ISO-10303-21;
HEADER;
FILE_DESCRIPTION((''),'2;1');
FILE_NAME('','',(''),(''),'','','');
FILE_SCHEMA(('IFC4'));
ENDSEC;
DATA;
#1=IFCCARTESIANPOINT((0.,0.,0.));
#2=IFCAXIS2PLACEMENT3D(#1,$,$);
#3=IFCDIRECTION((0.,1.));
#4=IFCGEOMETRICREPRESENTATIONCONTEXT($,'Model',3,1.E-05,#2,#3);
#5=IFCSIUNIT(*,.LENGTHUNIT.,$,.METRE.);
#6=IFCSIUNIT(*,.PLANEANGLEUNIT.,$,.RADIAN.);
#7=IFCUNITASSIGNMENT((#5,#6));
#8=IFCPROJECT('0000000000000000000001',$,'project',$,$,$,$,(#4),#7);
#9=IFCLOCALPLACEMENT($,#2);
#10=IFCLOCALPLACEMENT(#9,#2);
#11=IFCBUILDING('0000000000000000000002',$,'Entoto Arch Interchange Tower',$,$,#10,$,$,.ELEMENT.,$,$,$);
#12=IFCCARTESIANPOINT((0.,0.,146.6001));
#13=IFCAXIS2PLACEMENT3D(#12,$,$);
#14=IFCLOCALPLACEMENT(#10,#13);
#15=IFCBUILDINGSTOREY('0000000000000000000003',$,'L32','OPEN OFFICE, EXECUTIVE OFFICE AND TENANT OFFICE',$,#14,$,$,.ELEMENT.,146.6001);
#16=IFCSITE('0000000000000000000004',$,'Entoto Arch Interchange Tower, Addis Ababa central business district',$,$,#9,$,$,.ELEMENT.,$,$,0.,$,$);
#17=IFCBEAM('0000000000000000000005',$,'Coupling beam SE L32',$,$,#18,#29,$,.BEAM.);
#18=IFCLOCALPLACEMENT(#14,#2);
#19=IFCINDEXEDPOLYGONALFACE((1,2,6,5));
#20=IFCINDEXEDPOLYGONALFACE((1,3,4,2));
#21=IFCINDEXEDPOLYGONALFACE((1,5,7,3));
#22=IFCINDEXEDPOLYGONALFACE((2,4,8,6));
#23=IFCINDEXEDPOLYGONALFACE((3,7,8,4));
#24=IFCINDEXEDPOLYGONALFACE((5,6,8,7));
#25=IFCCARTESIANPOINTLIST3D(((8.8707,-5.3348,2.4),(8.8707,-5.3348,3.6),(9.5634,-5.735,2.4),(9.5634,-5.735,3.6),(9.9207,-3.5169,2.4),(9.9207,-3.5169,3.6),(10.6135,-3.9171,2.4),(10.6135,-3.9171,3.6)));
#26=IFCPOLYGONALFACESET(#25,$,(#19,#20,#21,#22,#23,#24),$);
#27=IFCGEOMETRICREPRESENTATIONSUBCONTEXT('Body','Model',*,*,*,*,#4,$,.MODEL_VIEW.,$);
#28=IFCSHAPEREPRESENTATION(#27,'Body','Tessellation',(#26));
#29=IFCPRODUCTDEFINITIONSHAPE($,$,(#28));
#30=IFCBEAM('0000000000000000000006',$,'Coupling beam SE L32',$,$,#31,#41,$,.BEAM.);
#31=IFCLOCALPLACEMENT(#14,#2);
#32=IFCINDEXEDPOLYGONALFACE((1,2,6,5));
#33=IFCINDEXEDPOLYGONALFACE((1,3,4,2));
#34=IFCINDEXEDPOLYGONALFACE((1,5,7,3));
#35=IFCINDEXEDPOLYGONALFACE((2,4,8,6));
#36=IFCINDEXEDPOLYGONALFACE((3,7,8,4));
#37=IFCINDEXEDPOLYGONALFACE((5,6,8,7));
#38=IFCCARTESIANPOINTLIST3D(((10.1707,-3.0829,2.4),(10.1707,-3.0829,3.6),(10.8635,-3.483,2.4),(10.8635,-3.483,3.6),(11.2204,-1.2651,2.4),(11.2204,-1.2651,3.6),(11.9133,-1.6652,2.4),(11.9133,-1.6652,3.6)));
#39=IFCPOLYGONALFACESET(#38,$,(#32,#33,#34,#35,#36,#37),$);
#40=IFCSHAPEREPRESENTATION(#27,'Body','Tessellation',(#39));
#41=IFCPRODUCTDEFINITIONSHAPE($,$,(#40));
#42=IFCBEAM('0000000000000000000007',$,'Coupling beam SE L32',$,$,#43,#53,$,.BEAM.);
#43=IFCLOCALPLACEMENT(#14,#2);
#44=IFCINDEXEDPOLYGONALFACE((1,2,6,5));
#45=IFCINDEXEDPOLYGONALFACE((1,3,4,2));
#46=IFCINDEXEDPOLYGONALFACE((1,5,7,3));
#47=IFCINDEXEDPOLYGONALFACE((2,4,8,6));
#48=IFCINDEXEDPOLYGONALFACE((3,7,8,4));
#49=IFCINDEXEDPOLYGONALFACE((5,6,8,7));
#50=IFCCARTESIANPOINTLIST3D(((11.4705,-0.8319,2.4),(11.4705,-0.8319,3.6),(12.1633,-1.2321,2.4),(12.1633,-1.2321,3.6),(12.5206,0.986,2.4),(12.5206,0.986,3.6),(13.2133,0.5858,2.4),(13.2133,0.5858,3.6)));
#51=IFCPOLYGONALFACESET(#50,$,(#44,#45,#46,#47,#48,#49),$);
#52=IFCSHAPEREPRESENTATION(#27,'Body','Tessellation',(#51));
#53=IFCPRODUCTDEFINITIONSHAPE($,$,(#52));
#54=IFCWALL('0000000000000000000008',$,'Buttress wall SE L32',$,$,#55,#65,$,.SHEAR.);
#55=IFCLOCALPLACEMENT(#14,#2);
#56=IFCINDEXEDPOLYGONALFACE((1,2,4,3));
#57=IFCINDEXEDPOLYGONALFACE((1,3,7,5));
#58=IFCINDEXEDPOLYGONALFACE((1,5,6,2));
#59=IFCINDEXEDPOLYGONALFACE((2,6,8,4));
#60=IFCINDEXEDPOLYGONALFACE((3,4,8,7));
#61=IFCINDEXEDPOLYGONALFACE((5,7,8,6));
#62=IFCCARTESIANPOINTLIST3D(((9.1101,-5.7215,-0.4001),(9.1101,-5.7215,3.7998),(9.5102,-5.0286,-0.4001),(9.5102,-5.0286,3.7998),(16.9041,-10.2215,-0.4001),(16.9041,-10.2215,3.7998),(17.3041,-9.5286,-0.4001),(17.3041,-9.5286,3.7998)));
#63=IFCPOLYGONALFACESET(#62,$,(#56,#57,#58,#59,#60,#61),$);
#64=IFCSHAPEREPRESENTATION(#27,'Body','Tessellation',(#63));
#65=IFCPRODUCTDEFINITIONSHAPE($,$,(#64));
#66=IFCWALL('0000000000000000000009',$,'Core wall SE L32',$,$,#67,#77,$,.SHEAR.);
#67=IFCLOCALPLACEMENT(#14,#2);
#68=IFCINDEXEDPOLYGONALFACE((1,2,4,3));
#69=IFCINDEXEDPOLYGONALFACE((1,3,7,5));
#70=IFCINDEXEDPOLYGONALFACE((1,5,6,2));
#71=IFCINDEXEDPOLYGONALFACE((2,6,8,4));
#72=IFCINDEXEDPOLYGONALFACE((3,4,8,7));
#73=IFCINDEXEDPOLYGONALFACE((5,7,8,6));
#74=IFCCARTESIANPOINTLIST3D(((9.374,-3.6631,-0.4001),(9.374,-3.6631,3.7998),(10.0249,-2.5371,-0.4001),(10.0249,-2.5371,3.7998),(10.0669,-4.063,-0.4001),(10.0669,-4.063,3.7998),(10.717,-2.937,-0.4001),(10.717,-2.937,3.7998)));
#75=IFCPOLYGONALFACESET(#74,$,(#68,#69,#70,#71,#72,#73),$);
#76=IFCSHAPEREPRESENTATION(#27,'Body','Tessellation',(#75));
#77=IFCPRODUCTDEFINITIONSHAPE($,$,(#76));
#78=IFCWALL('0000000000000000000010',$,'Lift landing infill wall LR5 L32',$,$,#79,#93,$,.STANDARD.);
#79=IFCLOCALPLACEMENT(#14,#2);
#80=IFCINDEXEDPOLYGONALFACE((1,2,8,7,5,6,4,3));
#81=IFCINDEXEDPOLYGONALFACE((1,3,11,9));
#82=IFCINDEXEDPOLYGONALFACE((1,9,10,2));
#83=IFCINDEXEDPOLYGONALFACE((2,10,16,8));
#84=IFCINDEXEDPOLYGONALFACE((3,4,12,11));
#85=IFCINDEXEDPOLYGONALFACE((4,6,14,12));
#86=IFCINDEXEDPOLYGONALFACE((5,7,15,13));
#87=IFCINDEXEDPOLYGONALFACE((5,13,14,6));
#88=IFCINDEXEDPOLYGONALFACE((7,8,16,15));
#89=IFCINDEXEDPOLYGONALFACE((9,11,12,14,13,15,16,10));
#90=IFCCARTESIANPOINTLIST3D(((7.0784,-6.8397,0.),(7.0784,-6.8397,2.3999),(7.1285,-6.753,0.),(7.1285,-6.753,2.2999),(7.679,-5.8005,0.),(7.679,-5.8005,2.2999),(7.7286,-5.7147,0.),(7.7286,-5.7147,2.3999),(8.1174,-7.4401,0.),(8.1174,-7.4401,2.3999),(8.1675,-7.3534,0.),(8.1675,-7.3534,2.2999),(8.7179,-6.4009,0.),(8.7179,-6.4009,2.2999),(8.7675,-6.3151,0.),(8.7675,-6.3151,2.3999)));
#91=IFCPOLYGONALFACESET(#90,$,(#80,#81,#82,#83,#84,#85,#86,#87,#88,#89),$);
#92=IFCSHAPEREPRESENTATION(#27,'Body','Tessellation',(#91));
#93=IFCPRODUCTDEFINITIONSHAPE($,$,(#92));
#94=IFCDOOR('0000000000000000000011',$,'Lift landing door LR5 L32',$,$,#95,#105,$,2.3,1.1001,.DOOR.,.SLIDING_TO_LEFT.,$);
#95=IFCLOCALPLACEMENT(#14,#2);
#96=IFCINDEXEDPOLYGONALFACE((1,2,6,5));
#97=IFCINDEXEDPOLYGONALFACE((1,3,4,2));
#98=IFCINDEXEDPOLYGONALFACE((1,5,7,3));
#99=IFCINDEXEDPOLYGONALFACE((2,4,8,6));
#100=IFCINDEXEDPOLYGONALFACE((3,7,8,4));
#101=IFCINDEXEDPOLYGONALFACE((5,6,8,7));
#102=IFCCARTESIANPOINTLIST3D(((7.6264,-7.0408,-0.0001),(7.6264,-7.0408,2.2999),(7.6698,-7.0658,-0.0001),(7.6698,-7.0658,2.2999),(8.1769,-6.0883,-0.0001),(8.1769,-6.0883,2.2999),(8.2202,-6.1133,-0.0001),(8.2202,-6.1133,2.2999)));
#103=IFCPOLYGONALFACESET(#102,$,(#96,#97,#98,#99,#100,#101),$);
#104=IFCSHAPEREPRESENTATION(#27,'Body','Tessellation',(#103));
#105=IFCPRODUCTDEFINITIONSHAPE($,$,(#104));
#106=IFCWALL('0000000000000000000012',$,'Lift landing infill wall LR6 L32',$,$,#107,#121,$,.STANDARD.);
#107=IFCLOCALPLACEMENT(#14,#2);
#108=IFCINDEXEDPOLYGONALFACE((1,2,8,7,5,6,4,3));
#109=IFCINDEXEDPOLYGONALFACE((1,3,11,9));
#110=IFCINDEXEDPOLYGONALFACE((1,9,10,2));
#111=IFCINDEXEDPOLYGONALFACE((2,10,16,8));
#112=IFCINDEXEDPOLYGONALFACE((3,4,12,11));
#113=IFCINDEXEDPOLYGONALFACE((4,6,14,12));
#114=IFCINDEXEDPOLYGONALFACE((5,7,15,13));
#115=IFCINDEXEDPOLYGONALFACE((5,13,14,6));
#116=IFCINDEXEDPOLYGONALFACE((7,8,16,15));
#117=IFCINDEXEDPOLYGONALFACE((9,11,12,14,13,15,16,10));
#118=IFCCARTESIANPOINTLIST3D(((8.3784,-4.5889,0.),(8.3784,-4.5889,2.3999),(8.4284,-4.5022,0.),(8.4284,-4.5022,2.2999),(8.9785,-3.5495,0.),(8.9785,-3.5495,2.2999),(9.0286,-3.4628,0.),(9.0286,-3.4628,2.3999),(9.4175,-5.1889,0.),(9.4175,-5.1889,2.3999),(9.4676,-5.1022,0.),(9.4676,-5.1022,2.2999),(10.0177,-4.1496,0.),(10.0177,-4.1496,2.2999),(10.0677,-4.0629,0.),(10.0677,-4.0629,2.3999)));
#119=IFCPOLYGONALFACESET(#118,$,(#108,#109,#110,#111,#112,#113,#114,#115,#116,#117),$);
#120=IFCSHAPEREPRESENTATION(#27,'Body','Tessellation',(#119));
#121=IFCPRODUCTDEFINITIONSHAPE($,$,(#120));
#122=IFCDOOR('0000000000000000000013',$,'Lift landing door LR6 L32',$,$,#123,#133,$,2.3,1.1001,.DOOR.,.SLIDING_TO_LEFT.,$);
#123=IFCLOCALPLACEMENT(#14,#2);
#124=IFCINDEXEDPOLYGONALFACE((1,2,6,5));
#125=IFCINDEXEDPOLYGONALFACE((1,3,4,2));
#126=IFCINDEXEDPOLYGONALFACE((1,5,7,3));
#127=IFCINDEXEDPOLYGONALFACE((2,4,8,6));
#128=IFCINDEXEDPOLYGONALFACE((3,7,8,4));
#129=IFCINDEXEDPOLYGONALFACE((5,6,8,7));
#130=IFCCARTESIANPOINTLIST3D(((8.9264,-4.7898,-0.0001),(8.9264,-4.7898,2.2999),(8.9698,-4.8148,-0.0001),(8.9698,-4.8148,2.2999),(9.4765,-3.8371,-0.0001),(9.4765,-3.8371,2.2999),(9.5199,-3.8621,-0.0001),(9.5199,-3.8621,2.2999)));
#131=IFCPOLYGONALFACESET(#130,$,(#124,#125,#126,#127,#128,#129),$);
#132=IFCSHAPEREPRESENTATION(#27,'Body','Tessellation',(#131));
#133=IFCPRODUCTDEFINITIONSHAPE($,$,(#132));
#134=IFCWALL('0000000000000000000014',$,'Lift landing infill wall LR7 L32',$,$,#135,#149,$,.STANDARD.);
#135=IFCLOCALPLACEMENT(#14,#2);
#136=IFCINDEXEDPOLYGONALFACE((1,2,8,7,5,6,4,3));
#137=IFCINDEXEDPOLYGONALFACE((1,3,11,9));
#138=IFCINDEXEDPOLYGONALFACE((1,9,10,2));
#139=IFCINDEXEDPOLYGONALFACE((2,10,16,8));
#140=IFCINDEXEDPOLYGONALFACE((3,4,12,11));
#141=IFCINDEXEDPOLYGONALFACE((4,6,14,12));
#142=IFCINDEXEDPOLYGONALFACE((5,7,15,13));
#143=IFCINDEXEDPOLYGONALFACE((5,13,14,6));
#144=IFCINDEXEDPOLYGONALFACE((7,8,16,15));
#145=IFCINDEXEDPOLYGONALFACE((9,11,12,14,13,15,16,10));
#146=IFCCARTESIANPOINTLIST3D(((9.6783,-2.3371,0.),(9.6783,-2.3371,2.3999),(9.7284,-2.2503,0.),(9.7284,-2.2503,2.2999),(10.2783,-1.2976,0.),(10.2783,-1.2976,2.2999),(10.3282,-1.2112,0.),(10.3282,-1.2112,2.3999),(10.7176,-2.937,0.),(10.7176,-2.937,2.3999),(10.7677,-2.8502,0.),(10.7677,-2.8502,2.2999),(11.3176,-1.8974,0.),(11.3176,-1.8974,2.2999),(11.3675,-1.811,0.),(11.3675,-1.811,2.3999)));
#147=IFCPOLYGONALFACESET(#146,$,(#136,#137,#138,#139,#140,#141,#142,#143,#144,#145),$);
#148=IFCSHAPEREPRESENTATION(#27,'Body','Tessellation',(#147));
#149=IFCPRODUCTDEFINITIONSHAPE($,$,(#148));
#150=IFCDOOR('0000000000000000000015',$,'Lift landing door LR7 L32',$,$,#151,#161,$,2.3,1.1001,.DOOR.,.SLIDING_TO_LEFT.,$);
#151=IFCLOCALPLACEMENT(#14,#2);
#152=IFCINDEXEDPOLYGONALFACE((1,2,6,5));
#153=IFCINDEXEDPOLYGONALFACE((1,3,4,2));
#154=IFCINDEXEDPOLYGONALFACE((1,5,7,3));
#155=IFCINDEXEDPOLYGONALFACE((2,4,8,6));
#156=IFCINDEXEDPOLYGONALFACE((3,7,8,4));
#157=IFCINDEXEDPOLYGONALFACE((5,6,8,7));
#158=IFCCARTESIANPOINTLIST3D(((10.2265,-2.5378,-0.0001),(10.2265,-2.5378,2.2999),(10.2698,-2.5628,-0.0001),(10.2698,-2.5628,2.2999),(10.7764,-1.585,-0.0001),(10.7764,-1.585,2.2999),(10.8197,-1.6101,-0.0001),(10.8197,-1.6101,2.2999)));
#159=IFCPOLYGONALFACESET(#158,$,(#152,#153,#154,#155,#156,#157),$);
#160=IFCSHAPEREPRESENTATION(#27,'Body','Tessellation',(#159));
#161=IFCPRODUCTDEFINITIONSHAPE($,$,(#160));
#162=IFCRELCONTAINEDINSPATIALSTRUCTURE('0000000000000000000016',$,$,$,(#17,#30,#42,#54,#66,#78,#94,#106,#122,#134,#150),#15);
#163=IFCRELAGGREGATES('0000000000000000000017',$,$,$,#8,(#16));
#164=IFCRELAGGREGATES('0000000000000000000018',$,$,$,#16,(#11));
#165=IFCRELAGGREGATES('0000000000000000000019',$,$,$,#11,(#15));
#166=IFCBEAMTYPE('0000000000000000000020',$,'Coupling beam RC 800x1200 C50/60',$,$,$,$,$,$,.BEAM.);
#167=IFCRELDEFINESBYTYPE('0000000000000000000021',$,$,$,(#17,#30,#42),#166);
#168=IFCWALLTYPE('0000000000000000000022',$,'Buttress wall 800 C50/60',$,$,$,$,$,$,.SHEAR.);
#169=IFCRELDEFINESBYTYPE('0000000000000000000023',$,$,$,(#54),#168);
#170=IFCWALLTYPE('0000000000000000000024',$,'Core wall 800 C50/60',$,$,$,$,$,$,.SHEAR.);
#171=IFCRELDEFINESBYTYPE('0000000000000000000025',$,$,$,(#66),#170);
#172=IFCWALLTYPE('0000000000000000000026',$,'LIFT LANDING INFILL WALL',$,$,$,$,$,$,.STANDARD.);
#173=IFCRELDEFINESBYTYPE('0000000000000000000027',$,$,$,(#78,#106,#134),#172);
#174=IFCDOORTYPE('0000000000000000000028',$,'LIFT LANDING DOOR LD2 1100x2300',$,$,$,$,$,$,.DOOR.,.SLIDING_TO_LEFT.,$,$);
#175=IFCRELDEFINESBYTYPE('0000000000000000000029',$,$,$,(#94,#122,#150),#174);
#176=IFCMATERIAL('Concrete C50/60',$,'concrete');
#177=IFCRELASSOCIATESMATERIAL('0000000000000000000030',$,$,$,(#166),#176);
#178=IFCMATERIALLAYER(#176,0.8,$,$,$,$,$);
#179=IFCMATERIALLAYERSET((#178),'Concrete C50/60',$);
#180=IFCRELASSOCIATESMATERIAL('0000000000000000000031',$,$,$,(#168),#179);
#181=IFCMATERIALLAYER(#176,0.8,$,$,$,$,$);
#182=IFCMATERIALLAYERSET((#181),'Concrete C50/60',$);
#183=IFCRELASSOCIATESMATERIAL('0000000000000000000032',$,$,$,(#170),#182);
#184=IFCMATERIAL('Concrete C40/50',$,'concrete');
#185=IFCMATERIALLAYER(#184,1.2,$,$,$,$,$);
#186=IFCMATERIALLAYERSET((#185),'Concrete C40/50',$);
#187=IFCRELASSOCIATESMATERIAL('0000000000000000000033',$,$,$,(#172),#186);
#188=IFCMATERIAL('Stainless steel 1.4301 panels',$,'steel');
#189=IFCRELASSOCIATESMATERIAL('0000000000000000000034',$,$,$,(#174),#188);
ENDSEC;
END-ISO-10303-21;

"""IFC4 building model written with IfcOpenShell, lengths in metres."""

from ifc_helpers import new_model, si_unit, direction, frame, frame_2d, origin, origin_2d, place, context, subcontext, project, spatial, polyline, rectangle, outline, extrude, material, layer, layer_set, material_profile, profile_set, type_object, element, fill, save


model = new_model("IFC4")

# Units and contexts
model_context = context("Model", 3, precision=1e-05, world=origin(), true_north=direction((0.0, 1.0)))
body_context = subcontext(model_context, "Body", "Model", "MODEL_VIEW")
ifc_project = project(units=[si_unit("LENGTHUNIT", "METRE"), si_unit("PLANEANGLEUNIT", "RADIAN")], contexts=[model_context])

# Site, building, storey
site_placement = place(None, origin())
site = spatial("IfcSite", under=ifc_project, at=site_placement, Name="Entoto Arch Interchange Tower, Addis Ababa central business district", CompositionType="ELEMENT", RefElevation=0.0)
building_placement = place(site_placement, origin())
building = spatial("IfcBuilding", under=site, at=building_placement, Name="Entoto Arch Interchange Tower", CompositionType="ELEMENT")
storey_placement = place(building_placement, frame((0.0, 0.0, 146.6001)))
storey = spatial("IfcBuildingStorey", under=building, at=storey_placement, Name="L32", Description="OPEN OFFICE, EXECUTIVE OFFICE AND TENANT OFFICE", CompositionType="ELEMENT", Elevation=146.6001)

# Beams
ifc_material_1 = material(Name="Concrete C50/60", Category="concrete")
ifc_material_profile = material_profile(ifc_material_1, rectangle(XDim=0.8, YDim=1.2, at=origin_2d()))
ifc_profile_set = profile_set([ifc_material_profile], Name="Concrete C50/60")
beam_type = type_object("IfcBeamType", Name="Coupling beam RC 800x1200 C50/60", PredefinedType="BEAM", material=ifc_profile_set)
beam_1_placement = place(storey_placement, frame((9.217, -5.5349, 3.0), z_axis=(0.500179, 0.865922, 0.0), x_axis=(-0.865922, 0.500179, 0.0)))
element("IfcBeam", 1, at=beam_1_placement, inside=storey, type_object=beam_type, Name="Coupling beam SE L32", PredefinedType="BEAM", context=body_context, shape_type="SweptSolid", body=[
    extrude(rectangle(XDim=0.8, YDim=1.2, at=origin_2d()), origin(), (0.0, 0.0, 1.0), 2.0994),
])
beam_2_placement = place(storey_placement, frame((10.5171, -3.283, 3.0), z_axis=(0.500092, 0.865973, 0.0), x_axis=(-0.865973, 0.500092, 0.0)))
element("IfcBeam", 2, at=beam_2_placement, inside=storey, type_object=beam_type, Name="Coupling beam SE L32", PredefinedType="BEAM", context=body_context, shape_type="SweptSolid", body=[
    extrude(rectangle(XDim=0.8, YDim=1.2, at=origin_2d()), origin(), (0.0, 0.0, 1.0), 2.0991),
])
beam_3_placement = place(storey_placement, frame((11.8169, -1.032, 3.0), z_axis=(0.500179, 0.865922, 0.0), x_axis=(-0.865922, 0.500179, 0.0)))
element("IfcBeam", 3, at=beam_3_placement, inside=storey, type_object=beam_type, Name="Coupling beam SE L32", PredefinedType="BEAM", context=body_context, shape_type="SweptSolid", body=[
    extrude(rectangle(XDim=0.8, YDim=1.2, at=origin_2d()), origin(), (0.0, 0.0, 1.0), 2.0994),
])

# Walls
ifc_layer_1 = layer(ifc_material_1, 0.8)
ifc_layer_set_1 = layer_set([ifc_layer_1], Name="Concrete C50/60")
wall_type_1 = type_object("IfcWallType", Name="Buttress wall 800 C50/60", PredefinedType="SHEAR", material=ifc_layer_set_1)
wall_1_placement = place(storey_placement, frame((9.3101, -5.375, -0.4001), z_axis=(0.0, 0.0, 1.0), x_axis=(0.866018, -0.500014, 0.0)))
element("IfcWall", 4, at=wall_1_placement, inside=storey, type_object=wall_type_1, Name="Buttress wall SE L32", PredefinedType="SHEAR", context=body_context, shape_type="SweptSolid", body=[
    extrude(rectangle(XDim=8.9998, YDim=0.8, at=frame_2d((4.5, 0.0))), origin(), (0.0, 0.0, 1.0), 4.2),
])
ifc_layer_2 = layer(ifc_material_1, 0.8)
ifc_layer_set_2 = layer_set([ifc_layer_2], Name="Concrete C50/60")
wall_type_2 = type_object("IfcWallType", Name="Core wall 800 C50/60", PredefinedType="SHEAR", material=ifc_layer_set_2)
wall_2_placement = place(storey_placement, frame((0.0, 0.0, -0.4001)))
element("IfcWall", 5, at=wall_2_placement, inside=storey, type_object=wall_type_2, Name="Core wall SE L32", PredefinedType="SHEAR", context=body_context, shape_type="SweptSolid", body=[
    extrude(outline(polyline([(10.717, -2.937), (10.0249, -2.5371), (9.374, -3.6631), (10.0669, -4.063), (10.717, -2.937)])), origin(), (0.0, 0.0, 1.0), 4.2),
])

# Walls, openings, doors
ifc_material_2 = material(Name="Concrete C40/50", Category="concrete")
ifc_layer_3 = layer(ifc_material_2, 1.2)
ifc_layer_set_3 = layer_set([ifc_layer_3], Name="Concrete C40/50")
wall_type_3 = type_object("IfcWallType", Name="LIFT LANDING INFILL WALL", PredefinedType="STANDARD", material=ifc_layer_set_3)
wall_3_placement = place(storey_placement, frame((7.5979, -7.1399, 0.0), z_axis=(0.0, 0.0, 1.0), x_axis=(0.500362, 0.865816, 0.0)))
wall_3 = element("IfcWall", 6, at=wall_3_placement, inside=storey, type_object=wall_type_3, Name="Lift landing infill wall LR5 L32", PredefinedType="STANDARD", context=body_context, shape_type="SweptSolid", body=[
    extrude(rectangle(XDim=1.2993, YDim=1.2, at=frame_2d((0.6497, 0.0))), origin(), (0.0, 0.0, 1.0), 2.3999),
])
opening_1_placement = place(wall_3_placement, frame((0.1001, 0.0, 0.0)))
opening_1 = element("IfcOpeningElement", 7, at=opening_1_placement, cuts=wall_3, PredefinedType="OPENING", context=body_context, shape_type="SweptSolid", body=[
    extrude(rectangle(XDim=1.1001, YDim=2.3, at=frame_2d((0.55, 1.1499))), frame((0.0, 0.6099, 0.0), z_axis=(0.0, -1.0, 0.0), x_axis=(1.0, 0.0, 0.0)), (0.0, 0.0, 1.0), 1.22),
])
ifc_material_3 = material(Name="Stainless steel 1.4301 panels", Category="steel")
door_type_1 = type_object("IfcDoorType", Name="LIFT LANDING DOOR LD2 1100x2300", OperationType="SLIDING_TO_LEFT", PredefinedType="DOOR", material=ifc_material_3)
door_1_placement = place(opening_1_placement, origin())
door_1 = element("IfcDoor", 8, at=door_1_placement, inside=storey, type_object=door_type_1, Name="Lift landing door LR5 L32", OperationType="SLIDING_TO_LEFT", OverallHeight=2.3, OverallWidth=1.1001, PredefinedType="DOOR", context=body_context, shape_type="SweptSolid", body=[
    extrude(rectangle(XDim=1.1001, YDim=2.3, at=frame_2d((0.55, 1.1499))), frame((0.0, 0.0249, 0.0), z_axis=(0.0, -1.0, 0.0), x_axis=(1.0, 0.0, 0.0)), (0.0, 0.0, 1.0), 0.05),
])
fill(opening_1, door_1)
wall_4_placement = place(storey_placement, frame((8.8979, -4.8889, 0.0), z_axis=(0.0, 0.0, 1.0), x_axis=(0.500037, 0.866004, 0.0)))
wall_4 = element("IfcWall", 9, at=wall_4_placement, inside=storey, type_object=wall_type_3, Name="Lift landing infill wall LR6 L32", PredefinedType="STANDARD", context=body_context, shape_type="SweptSolid", body=[
    extrude(rectangle(XDim=1.3003, YDim=1.2, at=frame_2d((0.6501, 0.0))), origin(), (0.0, 0.0, 1.0), 2.3999),
])
opening_2_placement = place(wall_4_placement, frame((0.1001, 0.0, 0.0)))
opening_2 = element("IfcOpeningElement", 10, at=opening_2_placement, cuts=wall_4, PredefinedType="OPENING", context=body_context, shape_type="SweptSolid", body=[
    extrude(rectangle(XDim=1.1001, YDim=2.3, at=frame_2d((0.55, 1.1499))), frame((0.0, 0.6099, 0.0), z_axis=(0.0, -1.0, 0.0), x_axis=(1.0, 0.0, 0.0)), (0.0, 0.0, 1.0), 1.22),
])
door_2_placement = place(opening_2_placement, origin())
door_2 = element("IfcDoor", 11, at=door_2_placement, inside=storey, type_object=door_type_1, Name="Lift landing door LR6 L32", OperationType="SLIDING_TO_LEFT", OverallHeight=2.3, OverallWidth=1.1001, PredefinedType="DOOR", context=body_context, shape_type="SweptSolid", body=[
    extrude(rectangle(XDim=1.1001, YDim=2.3, at=frame_2d((0.55, 1.1499))), frame((0.0, 0.0249, 0.0), z_axis=(0.0, -1.0, 0.0), x_axis=(1.0, 0.0, 0.0)), (0.0, 0.0, 1.0), 0.05),
])
fill(opening_2, door_2)
wall_5_placement = place(storey_placement, frame((10.198, -2.637, 0.0), z_axis=(0.0, 0.0, 1.0), x_axis=(0.499896, 0.866086, 0.0)))
wall_5 = element("IfcWall", 12, at=wall_5_placement, inside=storey, type_object=wall_type_3, Name="Lift landing infill wall LR7 L32", PredefinedType="STANDARD", context=body_context, shape_type="SweptSolid", body=[
    extrude(rectangle(XDim=1.3, YDim=1.2, at=frame_2d((0.6499, 0.0))), origin(), (0.0, 0.0, 1.0), 2.3999),
])
opening_3_placement = place(wall_5_placement, frame((0.1001, 0.0, 0.0)))
opening_3 = element("IfcOpeningElement", 13, at=opening_3_placement, cuts=wall_5, PredefinedType="OPENING", context=body_context, shape_type="SweptSolid", body=[
    extrude(rectangle(XDim=1.1001, YDim=2.3, at=frame_2d((0.55, 1.1499))), frame((0.0, 0.6099, 0.0), z_axis=(0.0, -1.0, 0.0), x_axis=(1.0, 0.0, 0.0)), (0.0, 0.0, 1.0), 1.22),
])
door_3_placement = place(opening_3_placement, origin())
door_3 = element("IfcDoor", 14, at=door_3_placement, inside=storey, type_object=door_type_1, Name="Lift landing door LR7 L32", OperationType="SLIDING_TO_LEFT", OverallHeight=2.3, OverallWidth=1.1001, PredefinedType="DOOR", context=body_context, shape_type="SweptSolid", body=[
    extrude(rectangle(XDim=1.1001, YDim=2.3, at=frame_2d((0.55, 1.1499))), frame((0.0, 0.0249, 0.0), z_axis=(0.0, -1.0, 0.0), x_axis=(1.0, 0.0, 0.0)), (0.0, 0.0, 1.0), 0.05),
])
fill(opening_3, door_3)

save(model, "model.ifc")
